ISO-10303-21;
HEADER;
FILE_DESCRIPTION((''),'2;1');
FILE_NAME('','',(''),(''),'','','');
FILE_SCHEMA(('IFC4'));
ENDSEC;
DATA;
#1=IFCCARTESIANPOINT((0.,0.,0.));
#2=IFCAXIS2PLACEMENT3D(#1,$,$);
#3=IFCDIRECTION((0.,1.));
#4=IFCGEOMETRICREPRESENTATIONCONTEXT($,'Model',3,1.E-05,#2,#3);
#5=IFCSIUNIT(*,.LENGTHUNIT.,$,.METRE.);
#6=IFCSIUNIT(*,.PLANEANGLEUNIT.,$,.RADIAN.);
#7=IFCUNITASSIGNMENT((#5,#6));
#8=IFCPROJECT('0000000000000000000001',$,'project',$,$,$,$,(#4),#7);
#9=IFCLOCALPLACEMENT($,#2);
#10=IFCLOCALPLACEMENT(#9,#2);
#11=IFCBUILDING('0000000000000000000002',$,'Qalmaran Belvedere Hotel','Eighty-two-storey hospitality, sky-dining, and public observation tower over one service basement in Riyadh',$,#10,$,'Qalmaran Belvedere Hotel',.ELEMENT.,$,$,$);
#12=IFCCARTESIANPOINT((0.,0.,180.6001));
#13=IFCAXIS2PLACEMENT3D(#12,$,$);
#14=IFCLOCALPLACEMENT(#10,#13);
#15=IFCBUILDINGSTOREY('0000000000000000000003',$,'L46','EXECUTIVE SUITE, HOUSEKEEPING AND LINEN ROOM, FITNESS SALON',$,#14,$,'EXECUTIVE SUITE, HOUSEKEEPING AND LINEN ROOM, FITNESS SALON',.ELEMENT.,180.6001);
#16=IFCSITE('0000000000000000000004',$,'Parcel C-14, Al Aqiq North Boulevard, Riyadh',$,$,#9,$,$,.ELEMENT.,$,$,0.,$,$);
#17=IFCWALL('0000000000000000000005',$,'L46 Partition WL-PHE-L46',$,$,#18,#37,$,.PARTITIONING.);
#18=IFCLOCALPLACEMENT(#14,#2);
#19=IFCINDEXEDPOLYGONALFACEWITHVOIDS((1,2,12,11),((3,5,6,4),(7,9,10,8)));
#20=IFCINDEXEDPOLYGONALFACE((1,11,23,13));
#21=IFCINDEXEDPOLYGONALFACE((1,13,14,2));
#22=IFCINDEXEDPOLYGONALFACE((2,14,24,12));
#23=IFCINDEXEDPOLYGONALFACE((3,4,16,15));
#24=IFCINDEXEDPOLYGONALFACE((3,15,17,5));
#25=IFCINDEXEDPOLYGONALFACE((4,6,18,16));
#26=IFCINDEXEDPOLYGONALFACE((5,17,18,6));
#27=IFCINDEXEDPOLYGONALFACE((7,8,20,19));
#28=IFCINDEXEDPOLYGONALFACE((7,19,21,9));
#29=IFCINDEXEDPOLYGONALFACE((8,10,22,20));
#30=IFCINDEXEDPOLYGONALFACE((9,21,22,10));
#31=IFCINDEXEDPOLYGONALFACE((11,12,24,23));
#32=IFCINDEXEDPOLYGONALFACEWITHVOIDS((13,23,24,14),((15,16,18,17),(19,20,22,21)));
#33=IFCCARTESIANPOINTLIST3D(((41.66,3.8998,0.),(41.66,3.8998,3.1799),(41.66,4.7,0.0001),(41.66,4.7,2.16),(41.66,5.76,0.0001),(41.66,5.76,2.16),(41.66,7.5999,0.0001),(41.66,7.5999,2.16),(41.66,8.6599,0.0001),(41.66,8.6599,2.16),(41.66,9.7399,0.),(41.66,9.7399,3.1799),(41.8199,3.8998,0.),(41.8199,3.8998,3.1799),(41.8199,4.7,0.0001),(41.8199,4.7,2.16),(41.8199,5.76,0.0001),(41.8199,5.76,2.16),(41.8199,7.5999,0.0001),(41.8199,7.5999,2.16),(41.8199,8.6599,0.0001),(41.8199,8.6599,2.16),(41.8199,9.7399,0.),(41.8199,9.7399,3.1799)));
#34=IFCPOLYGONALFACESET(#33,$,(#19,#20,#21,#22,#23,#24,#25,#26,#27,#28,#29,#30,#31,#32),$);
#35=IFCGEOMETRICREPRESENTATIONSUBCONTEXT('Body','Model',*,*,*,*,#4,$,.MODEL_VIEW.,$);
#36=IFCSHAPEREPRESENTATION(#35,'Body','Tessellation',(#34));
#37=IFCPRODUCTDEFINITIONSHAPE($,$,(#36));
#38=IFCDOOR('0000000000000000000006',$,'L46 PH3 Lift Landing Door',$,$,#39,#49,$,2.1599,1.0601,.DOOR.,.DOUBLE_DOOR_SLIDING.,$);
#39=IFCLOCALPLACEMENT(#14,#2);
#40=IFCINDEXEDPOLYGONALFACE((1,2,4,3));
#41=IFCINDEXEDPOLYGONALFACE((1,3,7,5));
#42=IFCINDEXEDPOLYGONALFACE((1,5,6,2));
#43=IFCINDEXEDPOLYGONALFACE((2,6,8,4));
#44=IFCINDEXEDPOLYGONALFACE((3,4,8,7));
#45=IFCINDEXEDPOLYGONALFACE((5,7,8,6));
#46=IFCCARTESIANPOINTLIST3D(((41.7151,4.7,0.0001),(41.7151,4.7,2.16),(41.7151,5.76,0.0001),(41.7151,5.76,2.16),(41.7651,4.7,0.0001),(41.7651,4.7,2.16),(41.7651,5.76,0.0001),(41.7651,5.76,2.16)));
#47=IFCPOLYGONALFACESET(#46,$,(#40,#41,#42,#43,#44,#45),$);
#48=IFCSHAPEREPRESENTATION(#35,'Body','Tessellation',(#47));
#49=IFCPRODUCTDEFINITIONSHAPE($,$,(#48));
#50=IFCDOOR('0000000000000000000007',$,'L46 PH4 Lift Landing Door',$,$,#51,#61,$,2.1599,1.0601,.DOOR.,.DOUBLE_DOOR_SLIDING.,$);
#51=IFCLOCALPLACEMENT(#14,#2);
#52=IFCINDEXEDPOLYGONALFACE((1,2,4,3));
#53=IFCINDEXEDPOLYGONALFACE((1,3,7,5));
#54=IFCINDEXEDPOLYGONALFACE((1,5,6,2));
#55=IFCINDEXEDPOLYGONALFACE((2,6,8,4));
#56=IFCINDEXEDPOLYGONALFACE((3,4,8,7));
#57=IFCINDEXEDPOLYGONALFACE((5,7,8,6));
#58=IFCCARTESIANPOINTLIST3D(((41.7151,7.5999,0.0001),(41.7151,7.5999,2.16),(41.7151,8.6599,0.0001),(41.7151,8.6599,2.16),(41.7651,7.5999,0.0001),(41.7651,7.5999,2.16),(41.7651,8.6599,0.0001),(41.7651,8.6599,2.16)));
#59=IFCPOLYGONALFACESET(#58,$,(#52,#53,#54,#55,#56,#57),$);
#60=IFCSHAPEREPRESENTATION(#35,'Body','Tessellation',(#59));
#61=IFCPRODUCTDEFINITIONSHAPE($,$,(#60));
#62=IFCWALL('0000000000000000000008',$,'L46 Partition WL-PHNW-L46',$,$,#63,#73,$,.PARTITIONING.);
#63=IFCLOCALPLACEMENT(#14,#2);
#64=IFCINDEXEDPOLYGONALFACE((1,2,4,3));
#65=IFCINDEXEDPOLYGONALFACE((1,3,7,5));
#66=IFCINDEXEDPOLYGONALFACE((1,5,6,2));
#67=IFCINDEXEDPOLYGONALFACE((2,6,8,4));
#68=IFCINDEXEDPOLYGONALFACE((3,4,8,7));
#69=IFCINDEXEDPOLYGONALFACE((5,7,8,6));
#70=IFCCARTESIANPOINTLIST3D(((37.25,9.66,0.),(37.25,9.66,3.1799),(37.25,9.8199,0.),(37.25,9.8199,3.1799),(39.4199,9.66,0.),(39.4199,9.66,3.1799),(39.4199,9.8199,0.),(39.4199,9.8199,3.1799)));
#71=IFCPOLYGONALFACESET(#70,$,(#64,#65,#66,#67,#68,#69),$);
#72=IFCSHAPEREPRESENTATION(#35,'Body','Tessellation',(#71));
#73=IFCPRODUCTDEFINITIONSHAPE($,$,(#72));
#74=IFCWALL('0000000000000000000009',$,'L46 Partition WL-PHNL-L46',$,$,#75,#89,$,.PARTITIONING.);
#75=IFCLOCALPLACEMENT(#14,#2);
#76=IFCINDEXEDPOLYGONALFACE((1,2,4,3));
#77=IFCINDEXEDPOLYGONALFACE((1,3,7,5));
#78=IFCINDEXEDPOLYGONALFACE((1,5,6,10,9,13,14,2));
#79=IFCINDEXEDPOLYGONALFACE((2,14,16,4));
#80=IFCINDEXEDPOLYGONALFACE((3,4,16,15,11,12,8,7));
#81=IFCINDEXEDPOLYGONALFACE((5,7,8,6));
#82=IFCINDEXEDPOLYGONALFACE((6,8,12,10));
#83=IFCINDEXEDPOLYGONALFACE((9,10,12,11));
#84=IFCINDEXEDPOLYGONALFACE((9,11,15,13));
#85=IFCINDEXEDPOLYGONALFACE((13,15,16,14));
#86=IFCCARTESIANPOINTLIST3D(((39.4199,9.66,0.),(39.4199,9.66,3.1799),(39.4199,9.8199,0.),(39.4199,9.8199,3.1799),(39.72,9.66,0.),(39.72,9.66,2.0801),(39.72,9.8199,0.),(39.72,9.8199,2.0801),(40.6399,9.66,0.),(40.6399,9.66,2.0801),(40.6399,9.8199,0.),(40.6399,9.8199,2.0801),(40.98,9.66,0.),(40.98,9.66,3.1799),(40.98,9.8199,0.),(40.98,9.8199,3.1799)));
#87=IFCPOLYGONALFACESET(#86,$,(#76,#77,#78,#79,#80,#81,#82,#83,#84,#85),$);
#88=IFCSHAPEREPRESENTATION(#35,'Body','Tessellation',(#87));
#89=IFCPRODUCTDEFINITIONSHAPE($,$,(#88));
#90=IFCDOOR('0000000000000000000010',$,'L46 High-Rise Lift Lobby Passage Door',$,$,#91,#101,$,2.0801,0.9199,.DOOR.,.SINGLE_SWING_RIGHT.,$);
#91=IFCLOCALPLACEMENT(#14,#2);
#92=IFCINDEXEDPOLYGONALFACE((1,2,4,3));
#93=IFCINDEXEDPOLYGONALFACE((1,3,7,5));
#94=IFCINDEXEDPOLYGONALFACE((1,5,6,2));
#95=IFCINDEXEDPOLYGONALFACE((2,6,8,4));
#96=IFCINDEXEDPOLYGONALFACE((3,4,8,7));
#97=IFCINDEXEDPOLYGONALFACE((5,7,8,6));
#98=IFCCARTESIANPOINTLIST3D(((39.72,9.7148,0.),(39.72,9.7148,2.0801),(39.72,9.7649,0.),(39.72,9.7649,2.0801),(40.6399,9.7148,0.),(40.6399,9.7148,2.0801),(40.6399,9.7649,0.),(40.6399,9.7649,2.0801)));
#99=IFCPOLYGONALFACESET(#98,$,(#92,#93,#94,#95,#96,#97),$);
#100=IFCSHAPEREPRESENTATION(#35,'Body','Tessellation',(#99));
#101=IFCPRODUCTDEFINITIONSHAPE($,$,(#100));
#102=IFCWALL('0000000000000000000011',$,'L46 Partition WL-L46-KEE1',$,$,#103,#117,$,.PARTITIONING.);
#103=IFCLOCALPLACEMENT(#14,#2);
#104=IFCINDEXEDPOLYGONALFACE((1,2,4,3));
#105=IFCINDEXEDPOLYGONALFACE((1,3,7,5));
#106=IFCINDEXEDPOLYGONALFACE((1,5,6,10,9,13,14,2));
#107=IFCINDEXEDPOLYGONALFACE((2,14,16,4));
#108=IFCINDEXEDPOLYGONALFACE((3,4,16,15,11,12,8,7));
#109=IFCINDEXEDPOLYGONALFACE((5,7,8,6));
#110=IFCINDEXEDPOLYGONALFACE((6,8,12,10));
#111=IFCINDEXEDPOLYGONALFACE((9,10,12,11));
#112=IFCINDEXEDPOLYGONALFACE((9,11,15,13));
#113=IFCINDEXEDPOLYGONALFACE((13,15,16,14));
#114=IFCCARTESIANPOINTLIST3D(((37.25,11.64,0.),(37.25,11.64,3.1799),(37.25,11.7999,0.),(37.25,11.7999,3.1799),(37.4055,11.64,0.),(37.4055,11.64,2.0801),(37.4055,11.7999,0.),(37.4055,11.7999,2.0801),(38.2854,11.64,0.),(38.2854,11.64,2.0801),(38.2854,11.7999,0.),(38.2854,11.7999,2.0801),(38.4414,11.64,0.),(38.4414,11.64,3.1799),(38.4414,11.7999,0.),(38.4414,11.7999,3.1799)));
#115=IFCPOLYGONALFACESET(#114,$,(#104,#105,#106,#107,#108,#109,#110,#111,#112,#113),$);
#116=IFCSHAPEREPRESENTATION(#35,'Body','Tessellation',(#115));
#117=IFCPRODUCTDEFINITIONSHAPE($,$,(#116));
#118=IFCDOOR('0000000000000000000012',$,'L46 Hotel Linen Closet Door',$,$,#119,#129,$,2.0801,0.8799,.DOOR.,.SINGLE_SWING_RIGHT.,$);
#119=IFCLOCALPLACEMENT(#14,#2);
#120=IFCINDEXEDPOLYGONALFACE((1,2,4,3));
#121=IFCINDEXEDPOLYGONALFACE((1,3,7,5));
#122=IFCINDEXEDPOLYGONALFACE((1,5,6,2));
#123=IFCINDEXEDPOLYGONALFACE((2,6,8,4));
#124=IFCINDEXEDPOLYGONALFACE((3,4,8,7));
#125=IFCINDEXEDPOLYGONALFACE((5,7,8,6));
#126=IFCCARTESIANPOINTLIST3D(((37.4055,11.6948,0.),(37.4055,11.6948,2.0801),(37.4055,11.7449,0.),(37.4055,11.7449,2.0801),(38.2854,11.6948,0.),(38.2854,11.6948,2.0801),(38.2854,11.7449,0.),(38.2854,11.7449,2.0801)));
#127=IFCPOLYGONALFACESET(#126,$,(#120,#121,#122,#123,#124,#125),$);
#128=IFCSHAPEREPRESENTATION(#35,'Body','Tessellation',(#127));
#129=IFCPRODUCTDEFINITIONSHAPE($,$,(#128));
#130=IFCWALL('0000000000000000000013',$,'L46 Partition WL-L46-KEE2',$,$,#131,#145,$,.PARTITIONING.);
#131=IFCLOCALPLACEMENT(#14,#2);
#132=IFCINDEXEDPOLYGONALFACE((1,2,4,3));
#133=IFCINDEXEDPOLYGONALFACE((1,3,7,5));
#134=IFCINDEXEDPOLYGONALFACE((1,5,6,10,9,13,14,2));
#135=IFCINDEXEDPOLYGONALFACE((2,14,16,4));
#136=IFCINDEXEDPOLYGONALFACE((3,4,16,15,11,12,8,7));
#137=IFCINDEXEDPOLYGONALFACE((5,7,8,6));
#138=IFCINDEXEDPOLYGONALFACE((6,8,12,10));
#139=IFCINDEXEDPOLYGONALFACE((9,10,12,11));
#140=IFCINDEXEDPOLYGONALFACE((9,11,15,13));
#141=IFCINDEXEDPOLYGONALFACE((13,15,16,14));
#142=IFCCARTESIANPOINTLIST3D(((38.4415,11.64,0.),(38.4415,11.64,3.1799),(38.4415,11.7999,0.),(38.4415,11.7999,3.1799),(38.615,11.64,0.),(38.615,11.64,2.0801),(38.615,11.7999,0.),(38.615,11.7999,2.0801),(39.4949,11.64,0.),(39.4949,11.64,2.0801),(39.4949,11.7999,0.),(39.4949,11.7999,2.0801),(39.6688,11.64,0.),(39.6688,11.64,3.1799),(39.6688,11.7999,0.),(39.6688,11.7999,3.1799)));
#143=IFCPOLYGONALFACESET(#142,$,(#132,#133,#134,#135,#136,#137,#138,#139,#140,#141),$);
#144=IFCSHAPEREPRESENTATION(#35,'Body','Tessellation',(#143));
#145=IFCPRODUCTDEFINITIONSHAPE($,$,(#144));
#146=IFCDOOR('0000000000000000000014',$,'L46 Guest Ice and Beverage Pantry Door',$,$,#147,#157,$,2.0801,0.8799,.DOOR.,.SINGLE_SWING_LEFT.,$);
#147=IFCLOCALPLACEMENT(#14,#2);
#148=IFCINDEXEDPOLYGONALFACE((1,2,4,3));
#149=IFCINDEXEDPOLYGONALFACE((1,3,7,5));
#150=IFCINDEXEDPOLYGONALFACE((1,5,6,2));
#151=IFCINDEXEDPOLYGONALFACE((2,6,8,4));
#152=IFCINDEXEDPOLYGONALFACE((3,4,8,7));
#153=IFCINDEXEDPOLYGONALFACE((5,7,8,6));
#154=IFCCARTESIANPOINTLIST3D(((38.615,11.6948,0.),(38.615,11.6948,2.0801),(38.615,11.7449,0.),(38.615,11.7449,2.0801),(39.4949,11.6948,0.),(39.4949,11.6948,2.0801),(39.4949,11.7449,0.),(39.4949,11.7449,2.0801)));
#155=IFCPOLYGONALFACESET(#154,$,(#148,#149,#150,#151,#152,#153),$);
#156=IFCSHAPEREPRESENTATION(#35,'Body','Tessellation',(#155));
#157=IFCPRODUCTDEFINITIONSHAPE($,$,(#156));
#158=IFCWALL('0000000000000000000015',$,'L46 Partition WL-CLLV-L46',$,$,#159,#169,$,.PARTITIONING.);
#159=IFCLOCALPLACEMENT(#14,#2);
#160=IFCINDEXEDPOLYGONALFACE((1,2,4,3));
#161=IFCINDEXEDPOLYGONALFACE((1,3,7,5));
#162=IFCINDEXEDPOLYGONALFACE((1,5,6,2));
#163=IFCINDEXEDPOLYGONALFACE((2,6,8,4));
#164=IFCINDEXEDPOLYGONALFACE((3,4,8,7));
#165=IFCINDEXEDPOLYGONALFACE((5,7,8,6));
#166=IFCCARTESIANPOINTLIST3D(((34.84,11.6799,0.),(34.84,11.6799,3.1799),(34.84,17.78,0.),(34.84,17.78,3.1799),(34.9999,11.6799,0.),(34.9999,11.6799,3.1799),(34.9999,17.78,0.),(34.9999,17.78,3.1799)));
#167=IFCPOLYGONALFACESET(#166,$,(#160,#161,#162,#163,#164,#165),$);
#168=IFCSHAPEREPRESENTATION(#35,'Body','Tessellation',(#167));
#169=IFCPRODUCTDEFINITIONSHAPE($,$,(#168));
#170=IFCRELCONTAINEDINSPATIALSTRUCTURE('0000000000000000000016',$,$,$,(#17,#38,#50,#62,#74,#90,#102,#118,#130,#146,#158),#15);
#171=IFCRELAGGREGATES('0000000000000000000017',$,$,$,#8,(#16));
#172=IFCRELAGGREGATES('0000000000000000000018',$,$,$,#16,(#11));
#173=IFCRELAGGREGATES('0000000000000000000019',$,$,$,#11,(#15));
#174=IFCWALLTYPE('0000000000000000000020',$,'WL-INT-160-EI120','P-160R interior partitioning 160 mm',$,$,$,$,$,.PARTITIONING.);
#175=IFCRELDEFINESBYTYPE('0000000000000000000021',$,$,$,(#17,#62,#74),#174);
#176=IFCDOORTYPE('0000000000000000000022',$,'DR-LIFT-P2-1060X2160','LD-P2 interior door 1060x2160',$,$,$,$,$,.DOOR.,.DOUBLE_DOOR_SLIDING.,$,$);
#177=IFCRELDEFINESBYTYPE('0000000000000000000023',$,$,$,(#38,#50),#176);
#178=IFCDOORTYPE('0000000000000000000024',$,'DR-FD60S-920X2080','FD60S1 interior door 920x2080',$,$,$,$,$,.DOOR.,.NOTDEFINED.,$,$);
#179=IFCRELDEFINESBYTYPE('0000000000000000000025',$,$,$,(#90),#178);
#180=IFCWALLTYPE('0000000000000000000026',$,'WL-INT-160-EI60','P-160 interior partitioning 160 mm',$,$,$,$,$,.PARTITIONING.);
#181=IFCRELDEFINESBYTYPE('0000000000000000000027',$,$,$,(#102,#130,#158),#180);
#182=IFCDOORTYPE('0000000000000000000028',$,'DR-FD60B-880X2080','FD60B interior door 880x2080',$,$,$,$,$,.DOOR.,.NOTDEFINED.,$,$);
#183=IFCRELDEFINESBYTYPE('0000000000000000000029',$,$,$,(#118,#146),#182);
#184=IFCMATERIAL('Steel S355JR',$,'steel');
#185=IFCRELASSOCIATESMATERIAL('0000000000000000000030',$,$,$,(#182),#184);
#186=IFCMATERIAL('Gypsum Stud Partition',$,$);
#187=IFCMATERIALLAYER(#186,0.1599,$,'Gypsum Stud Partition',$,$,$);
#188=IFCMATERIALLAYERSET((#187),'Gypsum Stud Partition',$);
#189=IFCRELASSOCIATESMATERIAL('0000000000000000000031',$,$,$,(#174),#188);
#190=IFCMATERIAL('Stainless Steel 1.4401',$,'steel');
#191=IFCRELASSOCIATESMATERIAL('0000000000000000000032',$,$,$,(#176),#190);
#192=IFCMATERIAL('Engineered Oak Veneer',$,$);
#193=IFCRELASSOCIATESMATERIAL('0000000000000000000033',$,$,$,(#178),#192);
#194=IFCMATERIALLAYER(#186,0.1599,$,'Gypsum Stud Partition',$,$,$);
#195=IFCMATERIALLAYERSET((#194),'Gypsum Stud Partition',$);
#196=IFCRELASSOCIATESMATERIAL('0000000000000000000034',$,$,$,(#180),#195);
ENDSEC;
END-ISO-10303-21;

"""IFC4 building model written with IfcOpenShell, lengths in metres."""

from ifc_helpers import new_model, si_unit, direction, frame, frame_2d, origin, place, context, subcontext, project, spatial, rectangle, extrude, material, layer, layer_set, type_object, element, fill, save


model = new_model("IFC4")

# Units and contexts
model_context = context("Model", 3, precision=1e-05, world=origin(), true_north=direction((0.0, 1.0)))
body_context = subcontext(model_context, "Body", "Model", "MODEL_VIEW")
ifc_project = project(units=[si_unit("LENGTHUNIT", "METRE"), si_unit("PLANEANGLEUNIT", "RADIAN")], contexts=[model_context])

# Site, building, storey
site_placement = place(None, origin())
site = spatial("IfcSite", under=ifc_project, at=site_placement, Name="Parcel C-14, Al Aqiq North Boulevard, Riyadh", CompositionType="ELEMENT", RefElevation=0.0)
building_placement = place(site_placement, origin())
building = spatial("IfcBuilding", under=site, at=building_placement, Name="Qalmaran Belvedere Hotel", Description="Eighty-two-storey hospitality, sky-dining, and public observation tower over one service basement in Riyadh", LongName="Qalmaran Belvedere Hotel", CompositionType="ELEMENT")
storey_placement = place(building_placement, frame((0.0, 0.0, 180.6001)))
storey = spatial("IfcBuildingStorey", under=building, at=storey_placement, Name="L46", Description="EXECUTIVE SUITE, HOUSEKEEPING AND LINEN ROOM, FITNESS SALON", LongName="EXECUTIVE SUITE, HOUSEKEEPING AND LINEN ROOM, FITNESS SALON", CompositionType="ELEMENT", Elevation=180.6001)

# Shared definitions
ifc_material_1 = material(Name="Steel S355JR", Category="steel")

# Shared definitions
ifc_material_2 = material(Name="Gypsum Stud Partition")

# Shared definitions
door_type_1 = type_object("IfcDoorType", Name="DR-FD60B-880X2080", Description="FD60B interior door 880x2080", OperationType="NOTDEFINED", PredefinedType="DOOR", material=ifc_material_1)

# Wall, openings, doors
ifc_layer_1 = layer(ifc_material_2, 0.1599, Name="Gypsum Stud Partition")
ifc_layer_set_1 = layer_set([ifc_layer_1], Name="Gypsum Stud Partition")
wall_type_1 = type_object("IfcWallType", Name="WL-INT-160-EI120", Description="P-160R interior partitioning 160 mm", PredefinedType="PARTITIONING", material=ifc_layer_set_1)
ifc_material_3 = material(Name="Stainless Steel 1.4401", Category="steel")
door_type_2 = type_object("IfcDoorType", Name="DR-LIFT-P2-1060X2160", Description="LD-P2 interior door 1060x2160", OperationType="DOUBLE_DOOR_SLIDING", PredefinedType="DOOR", material=ifc_material_3)
wall_1_placement = place(storey_placement, frame((41.74, 3.8999, 0.0), z_axis=(0.0, 0.0, 1.0), x_axis=(0.0, 1.0, 0.0)))
wall_1 = element("IfcWall", 1, at=wall_1_placement, inside=storey, type_object=wall_type_1, Name="L46 Partition WL-PHE-L46", PredefinedType="PARTITIONING", context=body_context, shape_type="SweptSolid", body=[
    extrude(rectangle(XDim=5.8401, YDim=0.1599, at=frame_2d((2.9199, 0.0))), origin(), (0.0, 0.0, 1.0), 3.1799),
])
opening_1_placement = place(wall_1_placement, frame((0.8, 0.0, 0.0)))
opening_1 = element("IfcOpeningElement", 2, at=opening_1_placement, cuts=wall_1, PredefinedType="OPENING", context=body_context, shape_type="SweptSolid", body=[
    extrude(rectangle(XDim=1.0601, YDim=2.1599, at=frame_2d((0.53, 1.0801))), frame((0.0, 0.0898, 0.0), z_axis=(0.0, -1.0, 0.0), x_axis=(1.0, 0.0, 0.0)), (0.0, 0.0, 1.0), 0.1799),
])
opening_2_placement = place(wall_1_placement, frame((3.7, 0.0, 0.0)))
opening_2 = element("IfcOpeningElement", 3, at=opening_2_placement, cuts=wall_1, PredefinedType="OPENING", context=body_context, shape_type="SweptSolid", body=[
    extrude(rectangle(XDim=1.0601, YDim=2.1599, at=frame_2d((0.53, 1.0801))), frame((0.0, 0.0898, 0.0), z_axis=(0.0, -1.0, 0.0), x_axis=(1.0, 0.0, 0.0)), (0.0, 0.0, 1.0), 0.1799),
])
door_1_placement = place(opening_1_placement, origin())
door_1 = element("IfcDoor", 4, at=door_1_placement, inside=storey, type_object=door_type_2, Name="L46 PH3 Lift Landing Door", OperationType="DOUBLE_DOOR_SLIDING", OverallHeight=2.1599, OverallWidth=1.0601, PredefinedType="DOOR", context=body_context, shape_type="SweptSolid", body=[
    extrude(rectangle(XDim=1.0601, YDim=2.1599, at=frame_2d((0.53, 1.0801))), frame((0.0, 0.0249, 0.0), z_axis=(0.0, -1.0, 0.0), x_axis=(1.0, 0.0, 0.0)), (0.0, 0.0, 1.0), 0.05),
])
fill(opening_1, door_1)
door_2_placement = place(opening_2_placement, origin())
door_2 = element("IfcDoor", 5, at=door_2_placement, inside=storey, type_object=door_type_2, Name="L46 PH4 Lift Landing Door", OperationType="DOUBLE_DOOR_SLIDING", OverallHeight=2.1599, OverallWidth=1.0601, PredefinedType="DOOR", context=body_context, shape_type="SweptSolid", body=[
    extrude(rectangle(XDim=1.0601, YDim=2.1599, at=frame_2d((0.53, 1.0801))), frame((0.0, 0.0249, 0.0), z_axis=(0.0, -1.0, 0.0), x_axis=(1.0, 0.0, 0.0)), (0.0, 0.0, 1.0), 0.05),
])
fill(opening_2, door_2)

# Wall
wall_2_placement = place(storey_placement, frame((37.25, 9.74, 0.0), z_axis=(0.0, 0.0, 1.0), x_axis=(1.0, 0.0, 0.0)))
element("IfcWall", 6, at=wall_2_placement, inside=storey, type_object=wall_type_1, Name="L46 Partition WL-PHNW-L46", PredefinedType="PARTITIONING", context=body_context, shape_type="SweptSolid", body=[
    extrude(rectangle(XDim=2.1699, YDim=0.1599, at=frame_2d((1.085, 0.0))), origin(), (0.0, 0.0, 1.0), 3.1799),
])

# Walls, openings, doors
wall_3_placement = place(storey_placement, frame((39.4199, 9.74, 0.0), z_axis=(0.0, 0.0, 1.0), x_axis=(1.0, 0.0, 0.0)))
wall_3 = element("IfcWall", 7, at=wall_3_placement, inside=storey, type_object=wall_type_1, Name="L46 Partition WL-PHNL-L46", PredefinedType="PARTITIONING", context=body_context, shape_type="SweptSolid", body=[
    extrude(rectangle(XDim=1.5601, YDim=0.1599, at=frame_2d((0.78, 0.0))), origin(), (0.0, 0.0, 1.0), 3.1799),
])
opening_3_placement = place(wall_3_placement, frame((0.3, 0.0, 0.0)))
opening_3 = element("IfcOpeningElement", 8, at=opening_3_placement, cuts=wall_3, PredefinedType="OPENING", context=body_context, shape_type="SweptSolid", body=[
    extrude(rectangle(XDim=0.9199, YDim=2.0801, at=frame_2d((0.46, 1.04))), frame((0.0, 0.0898, 0.0), z_axis=(0.0, -1.0, 0.0), x_axis=(1.0, 0.0, 0.0)), (0.0, 0.0, 1.0), 0.1799),
])
ifc_material_4 = material(Name="Engineered Oak Veneer")
door_type_3 = type_object("IfcDoorType", Name="DR-FD60S-920X2080", Description="FD60S1 interior door 920x2080", OperationType="NOTDEFINED", PredefinedType="DOOR", material=ifc_material_4)
door_3_placement = place(opening_3_placement, origin())
door_3 = element("IfcDoor", 9, at=door_3_placement, inside=storey, type_object=door_type_3, Name="L46 High-Rise Lift Lobby Passage Door", OperationType="SINGLE_SWING_RIGHT", OverallHeight=2.0801, OverallWidth=0.9199, PredefinedType="DOOR", context=body_context, shape_type="SweptSolid", body=[
    extrude(rectangle(XDim=0.9199, YDim=2.0801, at=frame_2d((0.46, 1.04))), frame((0.0, 0.0249, 0.0), z_axis=(0.0, -1.0, 0.0), x_axis=(1.0, 0.0, 0.0)), (0.0, 0.0, 1.0), 0.05),
])
fill(opening_3, door_3)
ifc_layer_2 = layer(ifc_material_2, 0.1599, Name="Gypsum Stud Partition")
ifc_layer_set_2 = layer_set([ifc_layer_2], Name="Gypsum Stud Partition")
wall_type_2 = type_object("IfcWallType", Name="WL-INT-160-EI60", Description="P-160 interior partitioning 160 mm", PredefinedType="PARTITIONING", material=ifc_layer_set_2)
wall_4_placement = place(storey_placement, frame((37.25, 11.72, 0.0), z_axis=(0.0, 0.0, 1.0), x_axis=(1.0, 0.0, 0.0)))
wall_4 = element("IfcWall", 10, at=wall_4_placement, inside=storey, type_object=wall_type_2, Name="L46 Partition WL-L46-KEE1", PredefinedType="PARTITIONING", context=body_context, shape_type="SweptSolid", body=[
    extrude(rectangle(XDim=1.1914, YDim=0.1599, at=frame_2d((0.5957, 0.0))), origin(), (0.0, 0.0, 1.0), 3.1799),
])
opening_4_placement = place(wall_4_placement, frame((0.1555, 0.0, 0.0)))
opening_4 = element("IfcOpeningElement", 11, at=opening_4_placement, cuts=wall_4, PredefinedType="OPENING", context=body_context, shape_type="SweptSolid", body=[
    extrude(rectangle(XDim=0.8799, YDim=2.0801, at=frame_2d((0.4399, 1.04))), frame((0.0, 0.0898, 0.0), z_axis=(0.0, -1.0, 0.0), x_axis=(1.0, 0.0, 0.0)), (0.0, 0.0, 1.0), 0.1799),
])
door_4_placement = place(opening_4_placement, origin())
door_4 = element("IfcDoor", 12, at=door_4_placement, inside=storey, type_object=door_type_1, Name="L46 Hotel Linen Closet Door", OperationType="SINGLE_SWING_RIGHT", OverallHeight=2.0801, OverallWidth=0.8799, PredefinedType="DOOR", context=body_context, shape_type="SweptSolid", body=[
    extrude(rectangle(XDim=0.8799, YDim=2.0801, at=frame_2d((0.4399, 1.04))), frame((0.0, 0.0249, 0.0), z_axis=(0.0, -1.0, 0.0), x_axis=(1.0, 0.0, 0.0)), (0.0, 0.0, 1.0), 0.05),
])
fill(opening_4, door_4)
wall_5_placement = place(storey_placement, frame((38.4414, 11.72, 0.0), z_axis=(0.0, 0.0, 1.0), x_axis=(1.0, 0.0, 0.0)))
wall_5 = element("IfcWall", 13, at=wall_5_placement, inside=storey, type_object=wall_type_2, Name="L46 Partition WL-L46-KEE2", PredefinedType="PARTITIONING", context=body_context, shape_type="SweptSolid", body=[
    extrude(rectangle(XDim=1.2273, YDim=0.1599, at=frame_2d((0.6138, 0.0))), origin(), (0.0, 0.0, 1.0), 3.1799),
])
opening_5_placement = place(wall_5_placement, frame((0.1736, 0.0, 0.0)))
opening_5 = element("IfcOpeningElement", 14, at=opening_5_placement, cuts=wall_5, PredefinedType="OPENING", context=body_context, shape_type="SweptSolid", body=[
    extrude(rectangle(XDim=0.8799, YDim=2.0801, at=frame_2d((0.4399, 1.04))), frame((0.0, 0.0898, 0.0), z_axis=(0.0, -1.0, 0.0), x_axis=(1.0, 0.0, 0.0)), (0.0, 0.0, 1.0), 0.1799),
])
door_5_placement = place(opening_5_placement, origin())
door_5 = element("IfcDoor", 15, at=door_5_placement, inside=storey, type_object=door_type_1, Name="L46 Guest Ice and Beverage Pantry Door", OperationType="SINGLE_SWING_LEFT", OverallHeight=2.0801, OverallWidth=0.8799, PredefinedType="DOOR", context=body_context, shape_type="SweptSolid", body=[
    extrude(rectangle(XDim=0.8799, YDim=2.0801, at=frame_2d((0.4399, 1.04))), frame((0.0, 0.0249, 0.0), z_axis=(0.0, -1.0, 0.0), x_axis=(1.0, 0.0, 0.0)), (0.0, 0.0, 1.0), 0.05),
])
fill(opening_5, door_5)

# Wall
wall_6_placement = place(storey_placement, frame((34.9199, 11.6799, 0.0), z_axis=(0.0, 0.0, 1.0), x_axis=(0.0, 1.0, 0.0)))
element("IfcWall", 16, at=wall_6_placement, inside=storey, type_object=wall_type_2, Name="L46 Partition WL-CLLV-L46", PredefinedType="PARTITIONING", context=body_context, shape_type="SweptSolid", body=[
    extrude(rectangle(XDim=6.1001, YDim=0.1599, at=frame_2d((3.05, 0.0))), origin(), (0.0, 0.0, 1.0), 3.1799),
])

save(model, "model.ifc")
